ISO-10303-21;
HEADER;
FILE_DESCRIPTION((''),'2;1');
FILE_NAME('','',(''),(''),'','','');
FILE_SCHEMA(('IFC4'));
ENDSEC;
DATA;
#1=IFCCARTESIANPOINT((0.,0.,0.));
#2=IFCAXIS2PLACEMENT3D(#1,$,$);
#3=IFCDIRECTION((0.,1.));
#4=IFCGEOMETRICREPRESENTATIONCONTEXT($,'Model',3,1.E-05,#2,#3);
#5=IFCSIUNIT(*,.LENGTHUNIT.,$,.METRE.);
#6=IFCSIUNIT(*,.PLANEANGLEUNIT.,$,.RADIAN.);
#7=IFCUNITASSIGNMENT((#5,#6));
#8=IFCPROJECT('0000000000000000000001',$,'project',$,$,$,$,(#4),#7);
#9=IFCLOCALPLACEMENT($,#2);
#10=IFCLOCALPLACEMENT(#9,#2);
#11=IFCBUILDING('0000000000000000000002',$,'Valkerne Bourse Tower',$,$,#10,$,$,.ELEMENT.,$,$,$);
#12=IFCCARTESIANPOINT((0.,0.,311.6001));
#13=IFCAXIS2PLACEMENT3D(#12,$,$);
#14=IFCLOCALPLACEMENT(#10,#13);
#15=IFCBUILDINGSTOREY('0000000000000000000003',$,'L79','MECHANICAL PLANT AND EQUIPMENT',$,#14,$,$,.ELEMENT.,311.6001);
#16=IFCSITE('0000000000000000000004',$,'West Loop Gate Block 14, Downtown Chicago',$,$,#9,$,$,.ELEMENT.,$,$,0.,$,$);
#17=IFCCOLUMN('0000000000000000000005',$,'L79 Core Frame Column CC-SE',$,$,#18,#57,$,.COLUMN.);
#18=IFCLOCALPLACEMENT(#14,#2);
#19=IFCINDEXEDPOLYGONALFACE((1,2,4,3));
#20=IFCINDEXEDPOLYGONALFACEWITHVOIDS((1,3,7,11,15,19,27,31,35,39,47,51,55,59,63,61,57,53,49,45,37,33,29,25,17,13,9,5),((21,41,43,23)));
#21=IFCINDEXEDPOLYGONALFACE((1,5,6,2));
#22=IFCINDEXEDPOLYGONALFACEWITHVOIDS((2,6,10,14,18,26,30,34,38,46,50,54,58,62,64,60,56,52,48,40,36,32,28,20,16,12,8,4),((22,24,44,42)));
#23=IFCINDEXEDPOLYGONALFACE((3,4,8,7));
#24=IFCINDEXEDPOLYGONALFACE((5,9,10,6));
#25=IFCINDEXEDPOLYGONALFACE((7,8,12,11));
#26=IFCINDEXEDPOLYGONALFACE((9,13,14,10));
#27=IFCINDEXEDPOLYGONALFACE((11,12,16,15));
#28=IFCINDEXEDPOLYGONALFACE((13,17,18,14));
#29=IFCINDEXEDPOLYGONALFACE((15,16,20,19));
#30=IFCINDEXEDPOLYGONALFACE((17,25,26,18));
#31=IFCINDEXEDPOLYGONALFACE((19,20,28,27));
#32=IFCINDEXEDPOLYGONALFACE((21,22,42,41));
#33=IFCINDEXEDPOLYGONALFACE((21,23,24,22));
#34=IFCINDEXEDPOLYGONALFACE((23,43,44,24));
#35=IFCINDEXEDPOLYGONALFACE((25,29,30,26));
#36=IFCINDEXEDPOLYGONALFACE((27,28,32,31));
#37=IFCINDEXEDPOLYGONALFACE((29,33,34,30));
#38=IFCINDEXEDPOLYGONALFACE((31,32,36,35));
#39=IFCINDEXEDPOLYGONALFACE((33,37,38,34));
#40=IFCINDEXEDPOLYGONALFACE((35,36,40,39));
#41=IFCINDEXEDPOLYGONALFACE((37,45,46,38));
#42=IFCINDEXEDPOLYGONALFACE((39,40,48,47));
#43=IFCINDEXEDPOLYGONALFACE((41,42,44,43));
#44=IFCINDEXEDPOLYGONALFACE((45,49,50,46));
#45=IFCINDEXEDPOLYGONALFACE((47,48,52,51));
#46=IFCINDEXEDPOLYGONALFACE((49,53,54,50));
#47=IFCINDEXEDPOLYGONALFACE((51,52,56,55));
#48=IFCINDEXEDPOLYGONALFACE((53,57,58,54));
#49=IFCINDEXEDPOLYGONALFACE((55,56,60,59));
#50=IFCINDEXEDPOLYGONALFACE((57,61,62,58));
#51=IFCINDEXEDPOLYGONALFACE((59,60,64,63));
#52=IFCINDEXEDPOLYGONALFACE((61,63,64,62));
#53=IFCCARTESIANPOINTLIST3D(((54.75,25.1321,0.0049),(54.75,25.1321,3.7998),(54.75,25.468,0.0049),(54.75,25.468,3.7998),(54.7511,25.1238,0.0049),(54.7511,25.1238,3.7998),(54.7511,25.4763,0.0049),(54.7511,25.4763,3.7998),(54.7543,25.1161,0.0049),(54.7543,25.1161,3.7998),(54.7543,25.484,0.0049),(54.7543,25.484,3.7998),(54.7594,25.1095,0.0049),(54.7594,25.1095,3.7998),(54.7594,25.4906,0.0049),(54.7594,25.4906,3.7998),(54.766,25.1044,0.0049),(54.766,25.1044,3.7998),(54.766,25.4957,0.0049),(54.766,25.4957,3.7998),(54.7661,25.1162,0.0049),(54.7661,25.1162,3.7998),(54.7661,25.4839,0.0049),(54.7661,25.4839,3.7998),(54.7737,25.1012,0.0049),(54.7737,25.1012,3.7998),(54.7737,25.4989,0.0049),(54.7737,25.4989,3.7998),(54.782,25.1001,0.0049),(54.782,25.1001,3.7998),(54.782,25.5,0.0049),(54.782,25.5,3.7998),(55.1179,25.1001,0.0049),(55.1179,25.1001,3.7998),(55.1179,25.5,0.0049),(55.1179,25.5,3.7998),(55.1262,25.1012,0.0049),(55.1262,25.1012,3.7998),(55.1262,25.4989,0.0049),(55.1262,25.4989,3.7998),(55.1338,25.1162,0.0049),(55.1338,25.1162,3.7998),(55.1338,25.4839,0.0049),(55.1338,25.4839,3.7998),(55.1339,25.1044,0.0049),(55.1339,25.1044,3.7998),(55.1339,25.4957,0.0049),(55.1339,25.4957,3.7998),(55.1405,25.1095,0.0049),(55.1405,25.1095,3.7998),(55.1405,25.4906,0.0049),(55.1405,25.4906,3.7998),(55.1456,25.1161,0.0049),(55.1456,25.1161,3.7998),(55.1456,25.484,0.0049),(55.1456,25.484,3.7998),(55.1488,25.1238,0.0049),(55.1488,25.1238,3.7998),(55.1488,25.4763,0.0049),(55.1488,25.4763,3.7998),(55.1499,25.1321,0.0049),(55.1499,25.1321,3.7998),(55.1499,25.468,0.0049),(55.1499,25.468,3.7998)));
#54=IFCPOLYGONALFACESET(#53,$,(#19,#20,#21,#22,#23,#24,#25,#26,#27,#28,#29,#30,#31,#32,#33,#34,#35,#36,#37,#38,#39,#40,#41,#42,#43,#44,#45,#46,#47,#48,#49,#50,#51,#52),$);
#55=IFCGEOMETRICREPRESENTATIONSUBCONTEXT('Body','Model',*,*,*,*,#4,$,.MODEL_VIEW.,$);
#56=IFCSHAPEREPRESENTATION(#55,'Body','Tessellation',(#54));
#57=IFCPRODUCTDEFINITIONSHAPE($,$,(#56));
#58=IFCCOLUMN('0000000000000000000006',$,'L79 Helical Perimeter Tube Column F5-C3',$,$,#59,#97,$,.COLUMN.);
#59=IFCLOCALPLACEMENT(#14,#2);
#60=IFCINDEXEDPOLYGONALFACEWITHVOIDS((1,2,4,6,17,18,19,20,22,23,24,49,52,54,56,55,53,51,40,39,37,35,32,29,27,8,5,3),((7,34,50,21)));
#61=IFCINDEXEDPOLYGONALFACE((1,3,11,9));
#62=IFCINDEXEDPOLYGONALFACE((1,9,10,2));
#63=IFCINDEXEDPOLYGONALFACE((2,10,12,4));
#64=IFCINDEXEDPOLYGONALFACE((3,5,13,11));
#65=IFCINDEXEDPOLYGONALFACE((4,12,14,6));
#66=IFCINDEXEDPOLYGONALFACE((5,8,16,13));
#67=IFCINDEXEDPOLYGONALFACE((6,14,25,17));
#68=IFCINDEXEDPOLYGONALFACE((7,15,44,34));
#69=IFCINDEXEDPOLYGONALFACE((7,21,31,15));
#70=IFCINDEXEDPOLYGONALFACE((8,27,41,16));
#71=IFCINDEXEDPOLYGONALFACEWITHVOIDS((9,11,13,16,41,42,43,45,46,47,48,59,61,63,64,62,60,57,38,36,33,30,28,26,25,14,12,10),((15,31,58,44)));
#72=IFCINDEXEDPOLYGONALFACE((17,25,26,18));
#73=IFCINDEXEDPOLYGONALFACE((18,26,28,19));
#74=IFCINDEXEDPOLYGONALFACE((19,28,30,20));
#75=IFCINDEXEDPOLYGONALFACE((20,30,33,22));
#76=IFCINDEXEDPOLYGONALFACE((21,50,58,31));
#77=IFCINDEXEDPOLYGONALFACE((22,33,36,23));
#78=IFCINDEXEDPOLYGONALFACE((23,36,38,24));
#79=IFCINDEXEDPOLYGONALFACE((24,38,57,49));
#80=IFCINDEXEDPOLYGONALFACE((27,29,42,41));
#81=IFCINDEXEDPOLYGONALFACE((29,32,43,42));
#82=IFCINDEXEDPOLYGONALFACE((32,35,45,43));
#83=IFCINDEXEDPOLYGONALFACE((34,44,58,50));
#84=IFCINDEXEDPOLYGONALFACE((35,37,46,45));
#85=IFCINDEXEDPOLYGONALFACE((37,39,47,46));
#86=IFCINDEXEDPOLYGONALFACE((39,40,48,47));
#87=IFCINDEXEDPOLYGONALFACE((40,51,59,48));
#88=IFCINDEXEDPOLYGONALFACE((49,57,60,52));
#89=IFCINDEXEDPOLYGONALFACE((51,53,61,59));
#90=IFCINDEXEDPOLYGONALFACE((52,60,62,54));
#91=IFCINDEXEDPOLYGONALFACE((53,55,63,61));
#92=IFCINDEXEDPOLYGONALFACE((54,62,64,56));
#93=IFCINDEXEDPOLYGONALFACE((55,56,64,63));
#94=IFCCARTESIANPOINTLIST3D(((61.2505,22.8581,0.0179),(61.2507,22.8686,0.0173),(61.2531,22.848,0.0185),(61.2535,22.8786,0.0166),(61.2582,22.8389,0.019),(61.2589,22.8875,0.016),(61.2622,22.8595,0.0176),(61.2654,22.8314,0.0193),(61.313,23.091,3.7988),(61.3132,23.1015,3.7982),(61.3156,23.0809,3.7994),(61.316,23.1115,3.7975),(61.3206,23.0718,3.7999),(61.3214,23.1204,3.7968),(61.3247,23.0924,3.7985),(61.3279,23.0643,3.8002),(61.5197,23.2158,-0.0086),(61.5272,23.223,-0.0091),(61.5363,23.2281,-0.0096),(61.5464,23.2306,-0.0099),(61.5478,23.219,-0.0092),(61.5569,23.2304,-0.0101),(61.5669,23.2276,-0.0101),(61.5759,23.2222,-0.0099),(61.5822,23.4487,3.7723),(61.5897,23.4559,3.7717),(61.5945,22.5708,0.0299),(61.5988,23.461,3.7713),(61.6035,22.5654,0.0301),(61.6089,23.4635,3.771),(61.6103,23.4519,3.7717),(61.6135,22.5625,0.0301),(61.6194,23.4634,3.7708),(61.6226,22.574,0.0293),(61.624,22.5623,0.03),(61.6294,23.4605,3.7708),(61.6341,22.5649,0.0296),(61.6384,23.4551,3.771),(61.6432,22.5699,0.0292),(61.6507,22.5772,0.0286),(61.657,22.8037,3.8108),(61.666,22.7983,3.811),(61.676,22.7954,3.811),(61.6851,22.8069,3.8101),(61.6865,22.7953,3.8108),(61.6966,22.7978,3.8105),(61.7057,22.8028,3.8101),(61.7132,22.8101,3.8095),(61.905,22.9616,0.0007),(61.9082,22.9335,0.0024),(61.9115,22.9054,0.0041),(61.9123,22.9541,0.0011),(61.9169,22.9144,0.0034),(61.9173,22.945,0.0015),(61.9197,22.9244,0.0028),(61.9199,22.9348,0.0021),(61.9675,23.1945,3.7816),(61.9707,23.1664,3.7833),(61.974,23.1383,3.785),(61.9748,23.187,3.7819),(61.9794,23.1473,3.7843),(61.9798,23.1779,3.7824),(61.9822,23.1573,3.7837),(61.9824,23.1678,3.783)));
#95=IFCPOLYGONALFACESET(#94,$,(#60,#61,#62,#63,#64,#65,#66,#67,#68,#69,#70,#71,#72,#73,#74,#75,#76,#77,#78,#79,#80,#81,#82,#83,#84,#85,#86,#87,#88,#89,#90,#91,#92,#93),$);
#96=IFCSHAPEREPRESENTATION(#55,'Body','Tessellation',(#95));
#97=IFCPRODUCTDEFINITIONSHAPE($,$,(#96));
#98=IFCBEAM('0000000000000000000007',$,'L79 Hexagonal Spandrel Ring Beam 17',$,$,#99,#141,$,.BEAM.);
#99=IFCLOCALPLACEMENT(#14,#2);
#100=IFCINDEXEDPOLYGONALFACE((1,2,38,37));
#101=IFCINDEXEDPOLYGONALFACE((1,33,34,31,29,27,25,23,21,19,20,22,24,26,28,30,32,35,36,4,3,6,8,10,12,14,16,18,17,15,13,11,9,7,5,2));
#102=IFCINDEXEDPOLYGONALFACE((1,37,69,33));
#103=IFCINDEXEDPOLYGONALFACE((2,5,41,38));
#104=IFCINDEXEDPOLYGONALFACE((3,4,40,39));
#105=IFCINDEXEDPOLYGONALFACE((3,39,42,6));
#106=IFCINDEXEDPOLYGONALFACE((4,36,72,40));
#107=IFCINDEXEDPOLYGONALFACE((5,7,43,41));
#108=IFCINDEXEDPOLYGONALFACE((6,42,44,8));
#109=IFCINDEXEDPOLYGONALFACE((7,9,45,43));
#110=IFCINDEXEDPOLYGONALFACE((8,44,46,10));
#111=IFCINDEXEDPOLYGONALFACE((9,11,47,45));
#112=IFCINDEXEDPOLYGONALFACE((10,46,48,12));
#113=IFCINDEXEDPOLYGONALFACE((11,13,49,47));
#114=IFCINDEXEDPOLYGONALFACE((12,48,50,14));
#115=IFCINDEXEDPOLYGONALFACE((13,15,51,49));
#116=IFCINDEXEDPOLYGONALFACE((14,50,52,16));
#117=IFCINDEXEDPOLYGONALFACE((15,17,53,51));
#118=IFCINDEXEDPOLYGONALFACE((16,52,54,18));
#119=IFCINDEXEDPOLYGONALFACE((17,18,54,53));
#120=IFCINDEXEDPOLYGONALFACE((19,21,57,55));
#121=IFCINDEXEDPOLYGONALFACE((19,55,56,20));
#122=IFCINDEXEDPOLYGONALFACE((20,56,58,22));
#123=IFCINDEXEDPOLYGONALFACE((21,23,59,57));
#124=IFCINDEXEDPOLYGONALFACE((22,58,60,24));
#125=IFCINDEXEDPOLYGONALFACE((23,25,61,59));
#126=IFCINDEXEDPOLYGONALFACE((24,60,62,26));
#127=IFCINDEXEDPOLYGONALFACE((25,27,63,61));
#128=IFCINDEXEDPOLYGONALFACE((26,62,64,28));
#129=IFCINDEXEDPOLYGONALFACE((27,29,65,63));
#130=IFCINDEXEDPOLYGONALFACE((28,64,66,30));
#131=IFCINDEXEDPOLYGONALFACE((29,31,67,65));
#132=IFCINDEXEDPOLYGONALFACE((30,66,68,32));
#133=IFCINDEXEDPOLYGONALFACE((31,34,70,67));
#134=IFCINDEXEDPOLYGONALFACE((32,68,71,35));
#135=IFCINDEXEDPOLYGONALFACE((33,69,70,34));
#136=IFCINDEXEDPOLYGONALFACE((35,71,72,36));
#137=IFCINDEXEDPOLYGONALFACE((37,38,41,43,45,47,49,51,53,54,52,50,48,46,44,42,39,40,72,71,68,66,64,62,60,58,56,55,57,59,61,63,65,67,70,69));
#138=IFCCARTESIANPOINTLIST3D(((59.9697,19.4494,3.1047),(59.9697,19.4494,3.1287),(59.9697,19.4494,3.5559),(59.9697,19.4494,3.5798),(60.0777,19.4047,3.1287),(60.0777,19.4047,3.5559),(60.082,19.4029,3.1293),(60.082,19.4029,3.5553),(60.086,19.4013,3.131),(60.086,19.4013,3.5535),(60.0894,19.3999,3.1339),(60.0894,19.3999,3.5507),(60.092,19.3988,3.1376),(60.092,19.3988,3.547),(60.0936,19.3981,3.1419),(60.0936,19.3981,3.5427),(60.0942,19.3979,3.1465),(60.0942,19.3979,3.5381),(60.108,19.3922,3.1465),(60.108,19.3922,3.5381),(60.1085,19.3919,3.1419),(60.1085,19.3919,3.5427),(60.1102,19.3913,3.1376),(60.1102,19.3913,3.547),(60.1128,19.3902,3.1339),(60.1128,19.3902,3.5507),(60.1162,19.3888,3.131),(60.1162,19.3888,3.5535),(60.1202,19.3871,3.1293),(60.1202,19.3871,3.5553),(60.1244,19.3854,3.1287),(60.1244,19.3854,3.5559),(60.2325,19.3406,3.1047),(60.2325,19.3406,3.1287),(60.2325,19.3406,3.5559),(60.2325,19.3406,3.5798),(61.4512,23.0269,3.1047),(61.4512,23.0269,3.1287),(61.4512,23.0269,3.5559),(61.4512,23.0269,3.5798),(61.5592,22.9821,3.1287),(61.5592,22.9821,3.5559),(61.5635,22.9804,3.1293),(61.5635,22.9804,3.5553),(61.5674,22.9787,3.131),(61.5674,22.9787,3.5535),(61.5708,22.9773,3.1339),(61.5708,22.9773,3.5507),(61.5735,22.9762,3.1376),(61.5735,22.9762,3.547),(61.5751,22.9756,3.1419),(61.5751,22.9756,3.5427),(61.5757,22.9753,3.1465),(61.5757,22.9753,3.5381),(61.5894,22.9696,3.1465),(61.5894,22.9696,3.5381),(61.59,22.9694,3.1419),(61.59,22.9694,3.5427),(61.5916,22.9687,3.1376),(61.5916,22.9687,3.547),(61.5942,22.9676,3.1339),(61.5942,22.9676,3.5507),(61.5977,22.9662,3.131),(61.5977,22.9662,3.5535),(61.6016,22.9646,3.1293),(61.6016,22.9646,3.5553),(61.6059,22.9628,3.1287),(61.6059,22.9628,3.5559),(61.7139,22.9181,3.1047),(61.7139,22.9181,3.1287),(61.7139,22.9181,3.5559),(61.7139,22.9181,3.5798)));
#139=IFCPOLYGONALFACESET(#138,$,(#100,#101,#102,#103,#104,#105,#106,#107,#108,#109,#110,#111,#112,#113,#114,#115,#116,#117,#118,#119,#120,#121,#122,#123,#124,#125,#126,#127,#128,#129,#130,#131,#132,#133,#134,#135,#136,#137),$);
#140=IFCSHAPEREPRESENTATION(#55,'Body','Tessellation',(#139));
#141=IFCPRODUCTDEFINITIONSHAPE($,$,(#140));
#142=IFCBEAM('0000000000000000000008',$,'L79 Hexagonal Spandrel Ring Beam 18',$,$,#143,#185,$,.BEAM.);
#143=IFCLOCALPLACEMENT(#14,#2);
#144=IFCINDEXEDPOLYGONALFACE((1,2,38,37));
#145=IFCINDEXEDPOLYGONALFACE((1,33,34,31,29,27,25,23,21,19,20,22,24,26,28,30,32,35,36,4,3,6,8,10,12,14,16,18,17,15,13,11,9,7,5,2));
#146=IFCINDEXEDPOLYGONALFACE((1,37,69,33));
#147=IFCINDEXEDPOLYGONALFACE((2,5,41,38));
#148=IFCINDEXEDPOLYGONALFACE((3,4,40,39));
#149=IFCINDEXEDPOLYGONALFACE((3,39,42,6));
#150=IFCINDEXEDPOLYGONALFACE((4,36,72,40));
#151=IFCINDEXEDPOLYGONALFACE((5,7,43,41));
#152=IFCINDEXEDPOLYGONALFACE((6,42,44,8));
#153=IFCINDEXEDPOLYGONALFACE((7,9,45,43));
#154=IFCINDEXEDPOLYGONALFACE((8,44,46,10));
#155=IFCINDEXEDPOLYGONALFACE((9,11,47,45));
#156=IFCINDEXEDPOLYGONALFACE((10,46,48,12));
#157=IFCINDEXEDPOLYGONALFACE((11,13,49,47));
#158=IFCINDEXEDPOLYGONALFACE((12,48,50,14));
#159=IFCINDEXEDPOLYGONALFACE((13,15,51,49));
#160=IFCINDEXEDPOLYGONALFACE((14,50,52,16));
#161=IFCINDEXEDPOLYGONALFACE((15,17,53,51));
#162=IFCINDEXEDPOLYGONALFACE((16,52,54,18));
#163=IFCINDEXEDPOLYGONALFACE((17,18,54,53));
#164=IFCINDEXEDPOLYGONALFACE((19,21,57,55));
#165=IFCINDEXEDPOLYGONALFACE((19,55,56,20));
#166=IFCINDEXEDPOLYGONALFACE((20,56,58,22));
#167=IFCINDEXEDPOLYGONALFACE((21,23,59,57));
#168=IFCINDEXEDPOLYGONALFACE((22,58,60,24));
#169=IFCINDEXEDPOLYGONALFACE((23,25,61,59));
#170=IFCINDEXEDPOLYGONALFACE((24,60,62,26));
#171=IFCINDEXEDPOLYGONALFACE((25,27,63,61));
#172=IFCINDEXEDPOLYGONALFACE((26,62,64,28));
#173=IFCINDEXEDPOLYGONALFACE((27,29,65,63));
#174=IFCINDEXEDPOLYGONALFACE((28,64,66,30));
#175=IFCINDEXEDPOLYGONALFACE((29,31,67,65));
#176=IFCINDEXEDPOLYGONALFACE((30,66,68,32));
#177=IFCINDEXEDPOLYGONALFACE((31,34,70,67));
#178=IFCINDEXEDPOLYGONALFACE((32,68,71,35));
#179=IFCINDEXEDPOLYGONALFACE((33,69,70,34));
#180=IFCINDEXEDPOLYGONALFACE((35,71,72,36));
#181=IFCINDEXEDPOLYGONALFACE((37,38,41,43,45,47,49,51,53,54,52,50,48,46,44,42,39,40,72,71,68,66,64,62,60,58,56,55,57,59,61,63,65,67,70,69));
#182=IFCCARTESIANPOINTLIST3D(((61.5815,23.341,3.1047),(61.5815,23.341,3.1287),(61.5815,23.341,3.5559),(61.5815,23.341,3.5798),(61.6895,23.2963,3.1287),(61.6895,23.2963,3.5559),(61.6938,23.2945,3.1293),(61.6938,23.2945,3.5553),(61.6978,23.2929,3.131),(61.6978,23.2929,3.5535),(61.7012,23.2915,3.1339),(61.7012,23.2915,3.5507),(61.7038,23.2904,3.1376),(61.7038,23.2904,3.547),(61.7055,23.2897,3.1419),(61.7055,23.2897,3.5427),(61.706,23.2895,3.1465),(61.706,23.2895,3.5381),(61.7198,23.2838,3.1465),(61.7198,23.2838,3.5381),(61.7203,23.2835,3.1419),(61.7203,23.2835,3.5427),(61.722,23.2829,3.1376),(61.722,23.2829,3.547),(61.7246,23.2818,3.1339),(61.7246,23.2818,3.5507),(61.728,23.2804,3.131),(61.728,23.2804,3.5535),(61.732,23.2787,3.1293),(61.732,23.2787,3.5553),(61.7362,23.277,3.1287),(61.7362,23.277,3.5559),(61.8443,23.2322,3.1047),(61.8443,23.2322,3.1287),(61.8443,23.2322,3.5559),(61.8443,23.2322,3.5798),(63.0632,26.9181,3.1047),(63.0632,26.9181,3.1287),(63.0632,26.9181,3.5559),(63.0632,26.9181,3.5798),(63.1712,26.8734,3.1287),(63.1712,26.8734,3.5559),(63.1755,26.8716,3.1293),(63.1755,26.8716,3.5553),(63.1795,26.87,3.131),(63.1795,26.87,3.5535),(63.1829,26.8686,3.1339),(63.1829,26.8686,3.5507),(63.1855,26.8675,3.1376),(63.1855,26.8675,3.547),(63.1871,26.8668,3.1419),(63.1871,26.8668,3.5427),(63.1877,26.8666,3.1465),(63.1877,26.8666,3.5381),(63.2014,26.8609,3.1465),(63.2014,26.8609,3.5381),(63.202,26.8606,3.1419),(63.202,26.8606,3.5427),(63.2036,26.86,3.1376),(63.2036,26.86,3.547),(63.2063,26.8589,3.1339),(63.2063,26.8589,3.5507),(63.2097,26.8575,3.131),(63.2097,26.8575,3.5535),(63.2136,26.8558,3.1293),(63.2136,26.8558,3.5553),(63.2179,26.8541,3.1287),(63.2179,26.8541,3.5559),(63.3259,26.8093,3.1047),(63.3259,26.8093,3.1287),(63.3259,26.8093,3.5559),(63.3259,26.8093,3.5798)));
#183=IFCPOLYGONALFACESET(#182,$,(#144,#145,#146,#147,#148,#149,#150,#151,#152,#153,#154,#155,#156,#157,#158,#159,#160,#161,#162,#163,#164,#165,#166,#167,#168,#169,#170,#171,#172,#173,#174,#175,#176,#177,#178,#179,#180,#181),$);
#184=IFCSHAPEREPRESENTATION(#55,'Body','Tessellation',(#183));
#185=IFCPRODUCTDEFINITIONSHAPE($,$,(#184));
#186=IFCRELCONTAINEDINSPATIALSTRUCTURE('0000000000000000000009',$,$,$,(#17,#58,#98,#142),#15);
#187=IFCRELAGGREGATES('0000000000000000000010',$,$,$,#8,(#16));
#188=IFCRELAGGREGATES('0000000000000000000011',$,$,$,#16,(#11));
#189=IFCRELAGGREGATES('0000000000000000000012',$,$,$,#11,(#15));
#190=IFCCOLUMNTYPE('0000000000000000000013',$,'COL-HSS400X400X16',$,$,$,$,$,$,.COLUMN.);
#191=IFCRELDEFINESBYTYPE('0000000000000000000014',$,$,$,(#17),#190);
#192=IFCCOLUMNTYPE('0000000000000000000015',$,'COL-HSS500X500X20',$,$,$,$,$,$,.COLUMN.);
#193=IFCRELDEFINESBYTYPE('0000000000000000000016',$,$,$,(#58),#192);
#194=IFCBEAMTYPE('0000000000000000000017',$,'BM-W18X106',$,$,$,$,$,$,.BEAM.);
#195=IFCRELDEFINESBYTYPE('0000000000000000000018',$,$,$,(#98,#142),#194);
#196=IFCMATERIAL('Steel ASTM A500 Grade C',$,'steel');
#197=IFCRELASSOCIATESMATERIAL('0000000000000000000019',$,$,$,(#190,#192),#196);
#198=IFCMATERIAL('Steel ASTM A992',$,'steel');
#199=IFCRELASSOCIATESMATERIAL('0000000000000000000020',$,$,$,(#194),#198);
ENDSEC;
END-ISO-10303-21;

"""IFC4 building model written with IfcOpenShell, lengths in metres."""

from ifc_helpers import new_model, si_unit, direction, frame, origin, origin_2d, place, context, subcontext, project, spatial, hollow_rectangle, i_section, extrude, material, material_profile, profile_set, type_object, element, save


model = new_model("IFC4")

# Units and contexts
model_context = context("Model", 3, precision=1e-05, world=origin(), true_north=direction((0.0, 1.0)))
body_context = subcontext(model_context, "Body", "Model", "MODEL_VIEW")
ifc_project = project(units=[si_unit("LENGTHUNIT", "METRE"), si_unit("PLANEANGLEUNIT", "RADIAN")], contexts=[model_context])

# Site, building, storey
site_placement = place(None, origin())
site = spatial("IfcSite", under=ifc_project, at=site_placement, Name="West Loop Gate Block 14, Downtown Chicago", CompositionType="ELEMENT", RefElevation=0.0)
building_placement = place(site_placement, origin())
building = spatial("IfcBuilding", under=site, at=building_placement, Name="Valkerne Bourse Tower", CompositionType="ELEMENT")
storey_placement = place(building_placement, frame((0.0, 0.0, 311.6001)))
storey = spatial("IfcBuildingStorey", under=building, at=storey_placement, Name="L79", Description="MECHANICAL PLANT AND EQUIPMENT", CompositionType="ELEMENT", Elevation=311.6001)

# Columns
ifc_material_1 = material(Name="Steel ASTM A500 Grade C", Category="steel")
ifc_material_profile_1 = material_profile(ifc_material_1, hollow_rectangle(XDim=0.3999, YDim=0.3999, WallThickness=0.0161, OuterFilletRadius=0.032, at=origin_2d()), Name="HSS400X400X16")
ifc_profile_set_1 = profile_set([ifc_material_profile_1], Name="Steel ASTM A500 Grade C")
column_type_1 = type_object("IfcColumnType", Name="COL-HSS400X400X16", PredefinedType="COLUMN", material=ifc_profile_set_1)
column_1_placement = place(storey_placement, frame((54.95, 25.3, 0.0049), z_axis=(0.0, 0.0, 1.0), x_axis=(1.0, 0.0, 0.0)))
element("IfcColumn", 1, at=column_1_placement, inside=storey, type_object=column_type_1, Name="L79 Core Frame Column CC-SE", PredefinedType="COLUMN", context=body_context, shape_type="SweptSolid", body=[
    extrude(hollow_rectangle(XDim=0.3999, YDim=0.3999, WallThickness=0.0161, OuterFilletRadius=0.032, at=origin_2d()), origin(), (0.0, 0.0, 1.0), 3.7949),
])
ifc_material_profile_2 = material_profile(ifc_material_1, hollow_rectangle(XDim=0.5, YDim=0.5, WallThickness=0.02, OuterFilletRadius=0.04, at=origin_2d()), Name="HSS500X500X20")
ifc_profile_set_2 = profile_set([ifc_material_profile_2], Name="Steel ASTM A500 Grade C")
column_type_2 = type_object("IfcColumnType", Name="COL-HSS500X500X20", PredefinedType="COLUMN", material=ifc_profile_set_2)
column_2_placement = place(storey_placement, frame((61.5852, 22.8965, 0.01), z_axis=(0.016496, 0.061475, 0.997972), x_axis=(-0.620954, -0.781667, 0.058415)))
element("IfcColumn", 2, at=column_2_placement, inside=storey, type_object=column_type_2, Name="L79 Helical Perimeter Tube Column F5-C3", PredefinedType="COLUMN", context=body_context, shape_type="SweptSolid", body=[
    extrude(hollow_rectangle(XDim=0.5, YDim=0.5, WallThickness=0.02, OuterFilletRadius=0.04, at=origin_2d()), origin(), (0.0, 0.0, 1.0), 3.7886),
])

# Beams
ifc_material_2 = material(Name="Steel ASTM A992", Category="steel")
ifc_material_profile_3 = material_profile(ifc_material_2, i_section(OverallWidth=0.2844, OverallDepth=0.4751, WebThickness=0.0149, FlangeThickness=0.0239, FilletRadius=0.0178, at=origin_2d()), Name="W18X106")
ifc_profile_set_3 = profile_set([ifc_material_profile_3], Name="Steel ASTM A992")
beam_type_1 = type_object("IfcBeamType", Name="BM-W18X106", PredefinedType="BEAM", material=ifc_profile_set_3)
beam_1_placement = place(storey_placement, frame((60.1011, 19.395, 3.3423), z_axis=(0.382604, 0.923912, 0.0), x_axis=(-0.923912, 0.382604, 0.0)))
element("IfcBeam", 3, at=beam_1_placement, inside=storey, type_object=beam_type_1, Name="L79 Hexagonal Spandrel Ring Beam 17", PredefinedType="BEAM", context=body_context, shape_type="SweptSolid", body=[
    extrude(i_section(OverallWidth=0.2844, OverallDepth=0.4751, WebThickness=0.0149, FlangeThickness=0.0239, FilletRadius=0.0178, at=origin_2d()), origin(), (0.0, 0.0, 1.0), 3.8721),
])
beam_2_placement = place(storey_placement, frame((61.7129, 23.2866, 3.3423), z_axis=(0.38268, 0.923881, 0.0), x_axis=(-0.923881, 0.38268, 0.0)))
element("IfcBeam", 4, at=beam_2_placement, inside=storey, type_object=beam_type_1, Name="L79 Hexagonal Spandrel Ring Beam 18", PredefinedType="BEAM", context=body_context, shape_type="SweptSolid", body=[
    extrude(i_section(OverallWidth=0.2844, OverallDepth=0.4751, WebThickness=0.0149, FlangeThickness=0.0239, FilletRadius=0.0178, at=origin_2d()), origin(), (0.0, 0.0, 1.0), 3.8718),
])

save(model, "model.ifc")
